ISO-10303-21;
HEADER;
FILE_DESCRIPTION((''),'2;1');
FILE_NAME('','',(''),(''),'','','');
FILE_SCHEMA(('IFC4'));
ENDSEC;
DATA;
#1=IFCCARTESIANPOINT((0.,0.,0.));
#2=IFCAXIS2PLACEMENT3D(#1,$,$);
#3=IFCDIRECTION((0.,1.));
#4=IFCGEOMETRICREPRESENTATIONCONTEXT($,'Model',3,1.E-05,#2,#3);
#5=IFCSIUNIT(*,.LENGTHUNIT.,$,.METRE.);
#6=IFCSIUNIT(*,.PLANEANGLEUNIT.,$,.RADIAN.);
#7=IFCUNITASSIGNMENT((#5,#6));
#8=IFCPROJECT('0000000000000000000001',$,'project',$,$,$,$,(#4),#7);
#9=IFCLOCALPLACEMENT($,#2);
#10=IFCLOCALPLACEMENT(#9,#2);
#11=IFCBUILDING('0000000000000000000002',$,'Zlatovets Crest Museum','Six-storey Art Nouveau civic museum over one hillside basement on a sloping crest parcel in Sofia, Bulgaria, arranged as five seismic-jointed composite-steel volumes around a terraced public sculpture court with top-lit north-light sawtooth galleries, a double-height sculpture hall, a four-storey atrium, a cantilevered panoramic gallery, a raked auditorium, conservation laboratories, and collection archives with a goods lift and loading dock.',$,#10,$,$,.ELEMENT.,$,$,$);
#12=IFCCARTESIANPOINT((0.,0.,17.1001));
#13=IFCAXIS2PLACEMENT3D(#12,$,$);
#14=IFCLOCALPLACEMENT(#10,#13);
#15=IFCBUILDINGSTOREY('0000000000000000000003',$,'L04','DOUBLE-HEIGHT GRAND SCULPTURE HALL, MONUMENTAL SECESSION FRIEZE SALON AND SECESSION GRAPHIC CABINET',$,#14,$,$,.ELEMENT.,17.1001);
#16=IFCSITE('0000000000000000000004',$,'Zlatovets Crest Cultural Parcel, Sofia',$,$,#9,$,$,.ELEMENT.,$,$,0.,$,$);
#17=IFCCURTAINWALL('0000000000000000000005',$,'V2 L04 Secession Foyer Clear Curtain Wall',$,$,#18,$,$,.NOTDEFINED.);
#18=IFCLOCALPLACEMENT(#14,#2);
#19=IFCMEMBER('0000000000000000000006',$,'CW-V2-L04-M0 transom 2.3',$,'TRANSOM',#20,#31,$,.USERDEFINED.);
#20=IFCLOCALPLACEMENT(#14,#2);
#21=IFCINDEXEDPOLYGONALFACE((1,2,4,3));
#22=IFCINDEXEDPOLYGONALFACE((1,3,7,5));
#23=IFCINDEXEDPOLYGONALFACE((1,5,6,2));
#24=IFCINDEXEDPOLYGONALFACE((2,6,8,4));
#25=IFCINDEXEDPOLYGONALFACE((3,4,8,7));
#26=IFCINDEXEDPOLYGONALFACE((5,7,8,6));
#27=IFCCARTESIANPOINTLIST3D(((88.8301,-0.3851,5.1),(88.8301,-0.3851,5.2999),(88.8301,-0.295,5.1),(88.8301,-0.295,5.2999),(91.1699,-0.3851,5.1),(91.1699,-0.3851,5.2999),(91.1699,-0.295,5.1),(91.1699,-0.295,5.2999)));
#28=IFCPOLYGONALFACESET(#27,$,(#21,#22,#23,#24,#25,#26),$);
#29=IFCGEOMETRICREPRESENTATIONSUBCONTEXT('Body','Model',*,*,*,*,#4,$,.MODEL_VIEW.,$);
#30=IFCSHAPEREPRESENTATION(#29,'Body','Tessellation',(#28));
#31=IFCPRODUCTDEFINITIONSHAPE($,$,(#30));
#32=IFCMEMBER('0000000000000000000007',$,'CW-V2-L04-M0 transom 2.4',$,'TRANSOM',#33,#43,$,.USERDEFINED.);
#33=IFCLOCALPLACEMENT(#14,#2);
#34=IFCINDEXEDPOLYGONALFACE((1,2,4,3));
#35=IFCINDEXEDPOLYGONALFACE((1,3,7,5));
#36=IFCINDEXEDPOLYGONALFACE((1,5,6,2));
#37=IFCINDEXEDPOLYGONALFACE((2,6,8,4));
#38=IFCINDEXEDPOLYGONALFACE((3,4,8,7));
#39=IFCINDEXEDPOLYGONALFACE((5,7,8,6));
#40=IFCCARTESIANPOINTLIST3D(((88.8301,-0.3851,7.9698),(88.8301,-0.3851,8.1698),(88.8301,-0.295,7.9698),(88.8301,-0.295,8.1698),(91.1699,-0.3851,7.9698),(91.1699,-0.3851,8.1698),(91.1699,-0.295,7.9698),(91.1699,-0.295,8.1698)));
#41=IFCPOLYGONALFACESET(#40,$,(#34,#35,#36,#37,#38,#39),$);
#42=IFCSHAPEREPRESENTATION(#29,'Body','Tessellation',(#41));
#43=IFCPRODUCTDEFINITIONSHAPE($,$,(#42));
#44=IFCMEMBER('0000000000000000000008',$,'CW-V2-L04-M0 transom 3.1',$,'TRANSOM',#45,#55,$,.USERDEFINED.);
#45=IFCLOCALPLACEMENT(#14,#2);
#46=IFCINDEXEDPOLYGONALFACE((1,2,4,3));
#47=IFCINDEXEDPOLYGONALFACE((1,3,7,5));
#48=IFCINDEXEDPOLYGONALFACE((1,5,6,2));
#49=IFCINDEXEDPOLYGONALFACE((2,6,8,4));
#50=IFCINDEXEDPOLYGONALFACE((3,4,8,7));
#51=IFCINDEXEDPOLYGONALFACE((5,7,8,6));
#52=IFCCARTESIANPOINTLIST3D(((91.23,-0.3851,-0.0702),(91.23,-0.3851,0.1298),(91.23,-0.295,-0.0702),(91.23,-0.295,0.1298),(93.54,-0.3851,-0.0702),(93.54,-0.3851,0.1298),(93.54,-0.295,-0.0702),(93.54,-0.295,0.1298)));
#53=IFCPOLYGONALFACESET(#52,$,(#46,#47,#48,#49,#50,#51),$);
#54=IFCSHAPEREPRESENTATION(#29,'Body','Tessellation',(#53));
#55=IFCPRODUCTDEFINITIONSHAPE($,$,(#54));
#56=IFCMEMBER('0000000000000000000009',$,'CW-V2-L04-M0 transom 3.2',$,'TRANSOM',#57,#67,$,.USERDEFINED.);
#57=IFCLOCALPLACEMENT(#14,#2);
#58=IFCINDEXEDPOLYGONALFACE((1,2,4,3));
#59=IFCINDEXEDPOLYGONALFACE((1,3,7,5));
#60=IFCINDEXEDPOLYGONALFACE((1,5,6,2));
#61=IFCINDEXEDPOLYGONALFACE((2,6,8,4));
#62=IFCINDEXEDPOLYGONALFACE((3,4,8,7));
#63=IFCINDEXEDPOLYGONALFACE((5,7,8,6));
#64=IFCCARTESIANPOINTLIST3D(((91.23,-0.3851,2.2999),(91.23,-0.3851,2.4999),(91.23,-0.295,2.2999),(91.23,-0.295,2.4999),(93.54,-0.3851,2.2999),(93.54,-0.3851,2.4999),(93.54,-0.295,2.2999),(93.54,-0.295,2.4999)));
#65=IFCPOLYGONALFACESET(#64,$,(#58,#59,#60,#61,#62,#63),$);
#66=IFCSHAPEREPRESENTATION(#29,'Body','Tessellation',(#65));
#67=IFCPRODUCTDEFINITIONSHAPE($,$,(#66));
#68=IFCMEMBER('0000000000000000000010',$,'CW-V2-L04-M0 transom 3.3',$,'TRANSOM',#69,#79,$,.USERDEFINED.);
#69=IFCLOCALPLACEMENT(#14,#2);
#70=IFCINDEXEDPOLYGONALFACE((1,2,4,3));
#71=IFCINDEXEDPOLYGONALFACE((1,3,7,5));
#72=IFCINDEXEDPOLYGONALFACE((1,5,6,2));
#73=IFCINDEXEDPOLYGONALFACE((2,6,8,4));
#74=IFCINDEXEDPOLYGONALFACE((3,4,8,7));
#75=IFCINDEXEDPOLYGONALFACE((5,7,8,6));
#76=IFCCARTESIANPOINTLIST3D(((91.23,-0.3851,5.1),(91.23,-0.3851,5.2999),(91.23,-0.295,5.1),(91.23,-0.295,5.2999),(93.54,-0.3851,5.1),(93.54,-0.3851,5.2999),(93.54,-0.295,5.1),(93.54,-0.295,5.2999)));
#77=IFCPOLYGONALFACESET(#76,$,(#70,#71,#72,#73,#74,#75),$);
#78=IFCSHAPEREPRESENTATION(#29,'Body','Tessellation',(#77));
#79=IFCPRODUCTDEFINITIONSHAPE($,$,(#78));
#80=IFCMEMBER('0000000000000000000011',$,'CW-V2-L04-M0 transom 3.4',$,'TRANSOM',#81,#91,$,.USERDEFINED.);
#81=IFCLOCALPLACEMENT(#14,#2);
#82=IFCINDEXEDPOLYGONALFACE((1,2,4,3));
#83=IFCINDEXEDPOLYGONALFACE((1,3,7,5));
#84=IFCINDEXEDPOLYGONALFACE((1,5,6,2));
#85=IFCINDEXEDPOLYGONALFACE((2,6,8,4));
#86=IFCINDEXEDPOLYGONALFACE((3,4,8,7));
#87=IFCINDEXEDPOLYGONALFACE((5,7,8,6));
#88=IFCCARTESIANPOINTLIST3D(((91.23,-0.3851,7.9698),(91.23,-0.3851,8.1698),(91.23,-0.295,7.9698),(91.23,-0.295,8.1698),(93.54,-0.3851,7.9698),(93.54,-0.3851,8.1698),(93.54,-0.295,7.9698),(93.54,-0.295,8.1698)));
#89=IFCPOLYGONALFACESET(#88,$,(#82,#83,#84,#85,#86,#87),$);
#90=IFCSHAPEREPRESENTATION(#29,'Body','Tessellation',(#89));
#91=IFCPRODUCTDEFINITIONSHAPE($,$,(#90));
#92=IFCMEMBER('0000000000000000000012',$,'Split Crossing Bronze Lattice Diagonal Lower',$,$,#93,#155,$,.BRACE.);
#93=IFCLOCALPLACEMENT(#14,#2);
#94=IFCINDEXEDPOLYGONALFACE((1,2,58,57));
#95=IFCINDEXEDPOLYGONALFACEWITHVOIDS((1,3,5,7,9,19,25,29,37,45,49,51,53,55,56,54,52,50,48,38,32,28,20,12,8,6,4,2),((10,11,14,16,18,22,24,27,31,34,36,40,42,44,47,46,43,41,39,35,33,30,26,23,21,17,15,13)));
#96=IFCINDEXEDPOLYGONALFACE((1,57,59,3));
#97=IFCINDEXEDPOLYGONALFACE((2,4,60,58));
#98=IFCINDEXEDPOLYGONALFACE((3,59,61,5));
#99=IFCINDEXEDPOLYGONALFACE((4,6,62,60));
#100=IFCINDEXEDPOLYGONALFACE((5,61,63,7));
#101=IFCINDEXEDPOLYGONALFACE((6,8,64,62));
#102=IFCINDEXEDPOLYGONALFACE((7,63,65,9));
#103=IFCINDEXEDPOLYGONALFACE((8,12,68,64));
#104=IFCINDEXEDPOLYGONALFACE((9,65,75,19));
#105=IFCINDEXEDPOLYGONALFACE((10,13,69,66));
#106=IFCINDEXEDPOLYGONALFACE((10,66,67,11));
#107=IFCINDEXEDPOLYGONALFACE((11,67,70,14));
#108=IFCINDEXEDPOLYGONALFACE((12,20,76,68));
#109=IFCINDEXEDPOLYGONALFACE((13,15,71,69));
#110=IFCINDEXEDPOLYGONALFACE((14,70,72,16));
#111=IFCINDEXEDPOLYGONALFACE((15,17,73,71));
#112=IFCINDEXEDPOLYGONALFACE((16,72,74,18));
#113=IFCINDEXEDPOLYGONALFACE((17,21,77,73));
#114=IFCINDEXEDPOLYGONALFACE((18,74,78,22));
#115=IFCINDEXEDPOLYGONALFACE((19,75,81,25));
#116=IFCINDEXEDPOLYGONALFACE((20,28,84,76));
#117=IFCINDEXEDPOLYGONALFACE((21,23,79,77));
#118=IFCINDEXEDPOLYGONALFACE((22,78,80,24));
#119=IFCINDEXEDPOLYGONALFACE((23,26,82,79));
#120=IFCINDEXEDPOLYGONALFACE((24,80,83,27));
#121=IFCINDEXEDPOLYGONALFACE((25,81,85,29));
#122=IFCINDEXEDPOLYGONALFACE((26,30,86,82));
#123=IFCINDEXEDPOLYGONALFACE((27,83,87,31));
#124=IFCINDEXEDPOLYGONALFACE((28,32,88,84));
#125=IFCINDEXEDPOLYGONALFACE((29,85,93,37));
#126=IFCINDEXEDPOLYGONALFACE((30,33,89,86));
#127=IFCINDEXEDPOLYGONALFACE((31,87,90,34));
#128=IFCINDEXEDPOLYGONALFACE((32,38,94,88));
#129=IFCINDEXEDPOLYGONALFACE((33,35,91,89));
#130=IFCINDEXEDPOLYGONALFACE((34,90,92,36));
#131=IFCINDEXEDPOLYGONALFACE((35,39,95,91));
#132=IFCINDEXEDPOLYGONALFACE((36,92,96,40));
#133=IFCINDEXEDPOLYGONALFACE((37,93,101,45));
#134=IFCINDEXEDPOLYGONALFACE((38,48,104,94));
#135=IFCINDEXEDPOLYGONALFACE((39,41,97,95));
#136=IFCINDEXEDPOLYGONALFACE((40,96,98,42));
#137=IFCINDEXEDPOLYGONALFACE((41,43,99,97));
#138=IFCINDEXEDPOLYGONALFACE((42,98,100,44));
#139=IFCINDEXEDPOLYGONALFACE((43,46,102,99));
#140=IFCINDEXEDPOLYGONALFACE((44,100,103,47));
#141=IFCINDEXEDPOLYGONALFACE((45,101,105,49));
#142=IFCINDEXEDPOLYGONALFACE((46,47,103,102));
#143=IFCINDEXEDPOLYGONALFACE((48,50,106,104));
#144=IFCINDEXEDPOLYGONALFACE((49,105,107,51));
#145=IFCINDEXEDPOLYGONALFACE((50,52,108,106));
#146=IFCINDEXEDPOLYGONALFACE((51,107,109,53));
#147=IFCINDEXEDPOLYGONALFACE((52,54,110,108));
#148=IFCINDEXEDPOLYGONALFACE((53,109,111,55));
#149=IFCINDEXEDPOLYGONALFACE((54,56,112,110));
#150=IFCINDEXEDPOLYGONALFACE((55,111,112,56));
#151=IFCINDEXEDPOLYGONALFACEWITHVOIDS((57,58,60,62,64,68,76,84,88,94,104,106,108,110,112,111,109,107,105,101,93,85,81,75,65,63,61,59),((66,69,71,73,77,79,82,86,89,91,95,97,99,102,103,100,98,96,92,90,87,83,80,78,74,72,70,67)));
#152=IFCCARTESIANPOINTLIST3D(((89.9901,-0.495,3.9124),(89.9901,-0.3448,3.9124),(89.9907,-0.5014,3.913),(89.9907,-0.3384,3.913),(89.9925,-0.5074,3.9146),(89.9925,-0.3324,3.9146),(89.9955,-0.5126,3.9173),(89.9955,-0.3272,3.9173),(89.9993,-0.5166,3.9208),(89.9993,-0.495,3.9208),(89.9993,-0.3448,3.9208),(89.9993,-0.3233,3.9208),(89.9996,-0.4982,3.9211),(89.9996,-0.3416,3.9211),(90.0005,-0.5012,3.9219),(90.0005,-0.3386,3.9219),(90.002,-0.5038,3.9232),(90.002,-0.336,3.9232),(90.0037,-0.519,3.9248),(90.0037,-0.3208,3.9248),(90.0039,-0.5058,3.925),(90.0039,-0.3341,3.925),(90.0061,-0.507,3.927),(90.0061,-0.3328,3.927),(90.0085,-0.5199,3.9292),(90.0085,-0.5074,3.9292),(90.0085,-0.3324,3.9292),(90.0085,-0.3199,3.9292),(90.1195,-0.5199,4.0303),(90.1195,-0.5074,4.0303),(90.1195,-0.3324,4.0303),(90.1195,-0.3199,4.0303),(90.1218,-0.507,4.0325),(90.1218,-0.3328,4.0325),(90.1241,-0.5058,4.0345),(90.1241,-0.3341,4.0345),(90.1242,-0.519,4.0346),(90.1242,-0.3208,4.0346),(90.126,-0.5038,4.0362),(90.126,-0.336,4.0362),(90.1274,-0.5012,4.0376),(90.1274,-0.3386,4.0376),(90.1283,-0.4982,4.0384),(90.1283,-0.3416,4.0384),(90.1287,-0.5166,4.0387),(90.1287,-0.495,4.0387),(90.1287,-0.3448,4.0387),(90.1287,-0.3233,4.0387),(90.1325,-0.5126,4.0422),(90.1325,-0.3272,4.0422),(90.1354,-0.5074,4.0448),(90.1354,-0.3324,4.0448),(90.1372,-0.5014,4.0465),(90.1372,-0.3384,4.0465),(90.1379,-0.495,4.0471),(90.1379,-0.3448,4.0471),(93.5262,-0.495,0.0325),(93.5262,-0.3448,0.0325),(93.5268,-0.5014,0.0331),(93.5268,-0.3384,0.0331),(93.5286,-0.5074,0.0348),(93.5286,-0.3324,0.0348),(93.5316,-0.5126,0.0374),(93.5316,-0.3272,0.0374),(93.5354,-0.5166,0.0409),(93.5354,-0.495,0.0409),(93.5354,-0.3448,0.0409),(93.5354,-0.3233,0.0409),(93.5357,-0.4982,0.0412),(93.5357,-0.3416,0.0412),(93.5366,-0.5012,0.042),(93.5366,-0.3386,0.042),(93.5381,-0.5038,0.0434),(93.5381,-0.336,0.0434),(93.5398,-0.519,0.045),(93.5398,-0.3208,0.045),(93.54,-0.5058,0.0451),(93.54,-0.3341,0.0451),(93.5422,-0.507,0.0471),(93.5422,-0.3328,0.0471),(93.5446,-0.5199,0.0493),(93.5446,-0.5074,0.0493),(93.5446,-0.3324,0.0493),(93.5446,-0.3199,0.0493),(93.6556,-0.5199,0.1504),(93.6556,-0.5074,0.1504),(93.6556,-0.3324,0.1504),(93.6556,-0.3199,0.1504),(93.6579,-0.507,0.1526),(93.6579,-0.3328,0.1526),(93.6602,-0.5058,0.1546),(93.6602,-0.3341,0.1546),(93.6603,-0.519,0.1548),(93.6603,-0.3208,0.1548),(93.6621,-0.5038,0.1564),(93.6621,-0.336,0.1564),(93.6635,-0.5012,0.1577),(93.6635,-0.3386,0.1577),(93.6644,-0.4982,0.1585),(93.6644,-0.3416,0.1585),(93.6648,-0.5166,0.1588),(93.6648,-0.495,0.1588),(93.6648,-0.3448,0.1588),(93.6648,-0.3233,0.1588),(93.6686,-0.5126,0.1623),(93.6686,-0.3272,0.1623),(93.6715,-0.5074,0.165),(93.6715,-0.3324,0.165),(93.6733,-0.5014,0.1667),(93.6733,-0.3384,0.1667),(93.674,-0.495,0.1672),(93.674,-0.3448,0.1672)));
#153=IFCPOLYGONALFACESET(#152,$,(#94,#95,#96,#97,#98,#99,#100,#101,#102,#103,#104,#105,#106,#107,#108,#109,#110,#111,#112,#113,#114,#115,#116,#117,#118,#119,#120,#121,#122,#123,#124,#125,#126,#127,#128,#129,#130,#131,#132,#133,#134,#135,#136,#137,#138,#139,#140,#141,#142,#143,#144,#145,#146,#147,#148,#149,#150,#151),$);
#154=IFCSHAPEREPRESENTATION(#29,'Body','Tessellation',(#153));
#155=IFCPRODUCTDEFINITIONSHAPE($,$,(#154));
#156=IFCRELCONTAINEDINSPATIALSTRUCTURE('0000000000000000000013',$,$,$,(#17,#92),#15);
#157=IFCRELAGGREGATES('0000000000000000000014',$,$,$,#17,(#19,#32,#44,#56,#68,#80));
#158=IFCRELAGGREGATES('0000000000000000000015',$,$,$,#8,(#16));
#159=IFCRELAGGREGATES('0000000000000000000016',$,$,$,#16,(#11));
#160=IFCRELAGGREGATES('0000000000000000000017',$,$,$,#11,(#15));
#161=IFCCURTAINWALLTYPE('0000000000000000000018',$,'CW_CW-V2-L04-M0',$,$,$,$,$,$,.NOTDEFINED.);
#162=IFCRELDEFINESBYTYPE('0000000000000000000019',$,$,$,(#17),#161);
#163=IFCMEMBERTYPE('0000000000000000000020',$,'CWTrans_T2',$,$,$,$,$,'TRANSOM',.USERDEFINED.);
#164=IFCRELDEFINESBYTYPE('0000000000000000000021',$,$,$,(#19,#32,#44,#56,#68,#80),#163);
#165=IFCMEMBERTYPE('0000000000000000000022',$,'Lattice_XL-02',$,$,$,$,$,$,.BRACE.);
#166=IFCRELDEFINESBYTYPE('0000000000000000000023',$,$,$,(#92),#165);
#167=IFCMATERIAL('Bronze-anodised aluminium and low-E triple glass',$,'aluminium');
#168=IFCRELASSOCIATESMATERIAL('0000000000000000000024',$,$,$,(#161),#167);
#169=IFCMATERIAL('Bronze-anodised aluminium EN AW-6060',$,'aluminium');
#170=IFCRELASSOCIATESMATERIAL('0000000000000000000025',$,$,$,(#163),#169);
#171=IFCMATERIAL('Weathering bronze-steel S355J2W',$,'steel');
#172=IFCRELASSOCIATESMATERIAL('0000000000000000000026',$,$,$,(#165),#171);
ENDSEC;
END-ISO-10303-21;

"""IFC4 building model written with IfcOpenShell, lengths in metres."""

from ifc_helpers import new_model, si_unit, direction, frame, origin, origin_2d, place, context, subcontext, project, spatial, rectangle, hollow_rectangle, extrude, material, material_profile, profile_set, type_object, element, aggregate, save


model = new_model("IFC4")

# Units and contexts
model_context = context("Model", 3, precision=1e-05, world=origin(), true_north=direction((0.0, 1.0)))
body_context = subcontext(model_context, "Body", "Model", "MODEL_VIEW")
ifc_project = project(units=[si_unit("LENGTHUNIT", "METRE"), si_unit("PLANEANGLEUNIT", "RADIAN")], contexts=[model_context])

# Site, building, storey
site_placement = place(None, origin())
site = spatial("IfcSite", under=ifc_project, at=site_placement, Name="Zlatovets Crest Cultural Parcel, Sofia", CompositionType="ELEMENT", RefElevation=0.0)
building_placement = place(site_placement, origin())
building = spatial("IfcBuilding", under=site, at=building_placement, Name="Zlatovets Crest Museum", Description="Six-storey Art Nouveau civic museum over one hillside basement on a sloping crest parcel in Sofia, Bulgaria, arranged as five seismic-jointed composite-steel volumes around a terraced public sculpture court with top-lit north-light sawtooth galleries, a double-height sculpture hall, a four-storey atrium, a cantilevered panoramic gallery, a raked auditorium, conservation laboratories, and collection archives with a goods lift and loading dock.", CompositionType="ELEMENT")
storey_placement = place(building_placement, frame((0.0, 0.0, 17.1001)))
storey = spatial("IfcBuildingStorey", under=building, at=storey_placement, Name="L04", Description="DOUBLE-HEIGHT GRAND SCULPTURE HALL, MONUMENTAL SECESSION FRIEZE SALON AND SECESSION GRAPHIC CABINET", CompositionType="ELEMENT", Elevation=17.1001)

# Curtain wall, members
ifc_material_1 = material(Name="Bronze-anodised aluminium and low-E triple glass", Category="aluminium")
curtain_wall_type = type_object("IfcCurtainWallType", Name="CW_CW-V2-L04-M0", PredefinedType="NOTDEFINED", material=ifc_material_1)
curtain_wall_placement = place(storey_placement, origin())
curtain_wall = element("IfcCurtainWall", 1, at=curtain_wall_placement, inside=storey, type_object=curtain_wall_type, Name="V2 L04 Secession Foyer Clear Curtain Wall", PredefinedType="NOTDEFINED")
ifc_material_2 = material(Name="Bronze-anodised aluminium EN AW-6060", Category="aluminium")
ifc_material_profile_1 = material_profile(ifc_material_2, rectangle(XDim=0.0901, YDim=0.2, at=origin_2d()), Name="ALU 90x200")
ifc_profile_set_1 = profile_set([ifc_material_profile_1], Name="Bronze-anodised aluminium EN AW-6060")
member_type_1 = type_object("IfcMemberType", Name="CWTrans_T2", ElementType="TRANSOM", PredefinedType="USERDEFINED", material=ifc_profile_set_1)
member_1_placement = place(storey_placement, frame((88.8301, -0.3401, 5.2), z_axis=(1.0, 0.0, 0.0), x_axis=(0.0, 1.0, 0.0)))
member_1 = element("IfcMember", 2, at=member_1_placement, type_object=member_type_1, Name="CW-V2-L04-M0 transom 2.3", ObjectType="TRANSOM", PredefinedType="USERDEFINED", context=body_context, shape_type="SweptSolid", body=[
    extrude(rectangle(XDim=0.0901, YDim=0.2, at=origin_2d()), origin(), (0.0, 0.0, 1.0), 2.3398),
])
member_2_placement = place(storey_placement, frame((88.8301, -0.3401, 8.0698), z_axis=(1.0, 0.0, 0.0), x_axis=(0.0, 1.0, 0.0)))
member_2 = element("IfcMember", 3, at=member_2_placement, type_object=member_type_1, Name="CW-V2-L04-M0 transom 2.4", ObjectType="TRANSOM", PredefinedType="USERDEFINED", context=body_context, shape_type="SweptSolid", body=[
    extrude(rectangle(XDim=0.0901, YDim=0.2, at=origin_2d()), origin(), (0.0, 0.0, 1.0), 2.3398),
])
member_3_placement = place(storey_placement, frame((91.23, -0.3401, 0.0298), z_axis=(1.0, 0.0, 0.0), x_axis=(0.0, 1.0, 0.0)))
member_3 = element("IfcMember", 4, at=member_3_placement, type_object=member_type_1, Name="CW-V2-L04-M0 transom 3.1", ObjectType="TRANSOM", PredefinedType="USERDEFINED", context=body_context, shape_type="SweptSolid", body=[
    extrude(rectangle(XDim=0.0901, YDim=0.2, at=origin_2d()), origin(), (0.0, 0.0, 1.0), 2.3101),
])
member_4_placement = place(storey_placement, frame((91.23, -0.3401, 2.3999), z_axis=(1.0, 0.0, 0.0), x_axis=(0.0, 1.0, 0.0)))
member_4 = element("IfcMember", 5, at=member_4_placement, type_object=member_type_1, Name="CW-V2-L04-M0 transom 3.2", ObjectType="TRANSOM", PredefinedType="USERDEFINED", context=body_context, shape_type="SweptSolid", body=[
    extrude(rectangle(XDim=0.0901, YDim=0.2, at=origin_2d()), origin(), (0.0, 0.0, 1.0), 2.3101),
])
member_5_placement = place(storey_placement, frame((91.23, -0.3401, 5.2), z_axis=(1.0, 0.0, 0.0), x_axis=(0.0, 1.0, 0.0)))
member_5 = element("IfcMember", 6, at=member_5_placement, type_object=member_type_1, Name="CW-V2-L04-M0 transom 3.3", ObjectType="TRANSOM", PredefinedType="USERDEFINED", context=body_context, shape_type="SweptSolid", body=[
    extrude(rectangle(XDim=0.0901, YDim=0.2, at=origin_2d()), origin(), (0.0, 0.0, 1.0), 2.3101),
])
member_6_placement = place(storey_placement, frame((91.23, -0.3401, 8.0698), z_axis=(1.0, 0.0, 0.0), x_axis=(0.0, 1.0, 0.0)))
member_6 = element("IfcMember", 7, at=member_6_placement, type_object=member_type_1, Name="CW-V2-L04-M0 transom 3.4", ObjectType="TRANSOM", PredefinedType="USERDEFINED", context=body_context, shape_type="SweptSolid", body=[
    extrude(rectangle(XDim=0.0901, YDim=0.2, at=origin_2d()), origin(), (0.0, 0.0, 1.0), 2.3101),
])

# Member
ifc_material_3 = material(Name="Weathering bronze-steel S355J2W", Category="steel")
ifc_material_profile_2 = material_profile(ifc_material_3, hollow_rectangle(XDim=0.2, YDim=0.2, WallThickness=0.0125, InnerFilletRadius=0.0125, OuterFilletRadius=0.0249, at=origin_2d()), Name="SHS 200x200x12.5")
ifc_profile_set_2 = profile_set([ifc_material_profile_2], Name="Weathering bronze-steel S355J2W")
member_type_2 = type_object("IfcMemberType", Name="Lattice_XL-02", PredefinedType="BRACE", material=ifc_profile_set_2)
member_7_placement = place(storey_placement, frame((90.064, -0.4199, 3.9797), z_axis=(0.673607, 0.0, -0.739089), x_axis=(0.0, 1.0, 0.0)))
element("IfcMember", 8, at=member_7_placement, inside=storey, type_object=member_type_2, Name="Split Crossing Bronze Lattice Diagonal Lower", PredefinedType="BRACE", context=body_context, shape_type="SweptSolid", body=[
    extrude(hollow_rectangle(XDim=0.2, YDim=0.2, WallThickness=0.0125, InnerFilletRadius=0.0125, OuterFilletRadius=0.0249, at=origin_2d()), origin(), (0.0, 0.0, 1.0), 5.2495),
])

aggregate(curtain_wall, [member_1, member_2, member_3, member_4, member_5, member_6])

save(model, "model.ifc")
